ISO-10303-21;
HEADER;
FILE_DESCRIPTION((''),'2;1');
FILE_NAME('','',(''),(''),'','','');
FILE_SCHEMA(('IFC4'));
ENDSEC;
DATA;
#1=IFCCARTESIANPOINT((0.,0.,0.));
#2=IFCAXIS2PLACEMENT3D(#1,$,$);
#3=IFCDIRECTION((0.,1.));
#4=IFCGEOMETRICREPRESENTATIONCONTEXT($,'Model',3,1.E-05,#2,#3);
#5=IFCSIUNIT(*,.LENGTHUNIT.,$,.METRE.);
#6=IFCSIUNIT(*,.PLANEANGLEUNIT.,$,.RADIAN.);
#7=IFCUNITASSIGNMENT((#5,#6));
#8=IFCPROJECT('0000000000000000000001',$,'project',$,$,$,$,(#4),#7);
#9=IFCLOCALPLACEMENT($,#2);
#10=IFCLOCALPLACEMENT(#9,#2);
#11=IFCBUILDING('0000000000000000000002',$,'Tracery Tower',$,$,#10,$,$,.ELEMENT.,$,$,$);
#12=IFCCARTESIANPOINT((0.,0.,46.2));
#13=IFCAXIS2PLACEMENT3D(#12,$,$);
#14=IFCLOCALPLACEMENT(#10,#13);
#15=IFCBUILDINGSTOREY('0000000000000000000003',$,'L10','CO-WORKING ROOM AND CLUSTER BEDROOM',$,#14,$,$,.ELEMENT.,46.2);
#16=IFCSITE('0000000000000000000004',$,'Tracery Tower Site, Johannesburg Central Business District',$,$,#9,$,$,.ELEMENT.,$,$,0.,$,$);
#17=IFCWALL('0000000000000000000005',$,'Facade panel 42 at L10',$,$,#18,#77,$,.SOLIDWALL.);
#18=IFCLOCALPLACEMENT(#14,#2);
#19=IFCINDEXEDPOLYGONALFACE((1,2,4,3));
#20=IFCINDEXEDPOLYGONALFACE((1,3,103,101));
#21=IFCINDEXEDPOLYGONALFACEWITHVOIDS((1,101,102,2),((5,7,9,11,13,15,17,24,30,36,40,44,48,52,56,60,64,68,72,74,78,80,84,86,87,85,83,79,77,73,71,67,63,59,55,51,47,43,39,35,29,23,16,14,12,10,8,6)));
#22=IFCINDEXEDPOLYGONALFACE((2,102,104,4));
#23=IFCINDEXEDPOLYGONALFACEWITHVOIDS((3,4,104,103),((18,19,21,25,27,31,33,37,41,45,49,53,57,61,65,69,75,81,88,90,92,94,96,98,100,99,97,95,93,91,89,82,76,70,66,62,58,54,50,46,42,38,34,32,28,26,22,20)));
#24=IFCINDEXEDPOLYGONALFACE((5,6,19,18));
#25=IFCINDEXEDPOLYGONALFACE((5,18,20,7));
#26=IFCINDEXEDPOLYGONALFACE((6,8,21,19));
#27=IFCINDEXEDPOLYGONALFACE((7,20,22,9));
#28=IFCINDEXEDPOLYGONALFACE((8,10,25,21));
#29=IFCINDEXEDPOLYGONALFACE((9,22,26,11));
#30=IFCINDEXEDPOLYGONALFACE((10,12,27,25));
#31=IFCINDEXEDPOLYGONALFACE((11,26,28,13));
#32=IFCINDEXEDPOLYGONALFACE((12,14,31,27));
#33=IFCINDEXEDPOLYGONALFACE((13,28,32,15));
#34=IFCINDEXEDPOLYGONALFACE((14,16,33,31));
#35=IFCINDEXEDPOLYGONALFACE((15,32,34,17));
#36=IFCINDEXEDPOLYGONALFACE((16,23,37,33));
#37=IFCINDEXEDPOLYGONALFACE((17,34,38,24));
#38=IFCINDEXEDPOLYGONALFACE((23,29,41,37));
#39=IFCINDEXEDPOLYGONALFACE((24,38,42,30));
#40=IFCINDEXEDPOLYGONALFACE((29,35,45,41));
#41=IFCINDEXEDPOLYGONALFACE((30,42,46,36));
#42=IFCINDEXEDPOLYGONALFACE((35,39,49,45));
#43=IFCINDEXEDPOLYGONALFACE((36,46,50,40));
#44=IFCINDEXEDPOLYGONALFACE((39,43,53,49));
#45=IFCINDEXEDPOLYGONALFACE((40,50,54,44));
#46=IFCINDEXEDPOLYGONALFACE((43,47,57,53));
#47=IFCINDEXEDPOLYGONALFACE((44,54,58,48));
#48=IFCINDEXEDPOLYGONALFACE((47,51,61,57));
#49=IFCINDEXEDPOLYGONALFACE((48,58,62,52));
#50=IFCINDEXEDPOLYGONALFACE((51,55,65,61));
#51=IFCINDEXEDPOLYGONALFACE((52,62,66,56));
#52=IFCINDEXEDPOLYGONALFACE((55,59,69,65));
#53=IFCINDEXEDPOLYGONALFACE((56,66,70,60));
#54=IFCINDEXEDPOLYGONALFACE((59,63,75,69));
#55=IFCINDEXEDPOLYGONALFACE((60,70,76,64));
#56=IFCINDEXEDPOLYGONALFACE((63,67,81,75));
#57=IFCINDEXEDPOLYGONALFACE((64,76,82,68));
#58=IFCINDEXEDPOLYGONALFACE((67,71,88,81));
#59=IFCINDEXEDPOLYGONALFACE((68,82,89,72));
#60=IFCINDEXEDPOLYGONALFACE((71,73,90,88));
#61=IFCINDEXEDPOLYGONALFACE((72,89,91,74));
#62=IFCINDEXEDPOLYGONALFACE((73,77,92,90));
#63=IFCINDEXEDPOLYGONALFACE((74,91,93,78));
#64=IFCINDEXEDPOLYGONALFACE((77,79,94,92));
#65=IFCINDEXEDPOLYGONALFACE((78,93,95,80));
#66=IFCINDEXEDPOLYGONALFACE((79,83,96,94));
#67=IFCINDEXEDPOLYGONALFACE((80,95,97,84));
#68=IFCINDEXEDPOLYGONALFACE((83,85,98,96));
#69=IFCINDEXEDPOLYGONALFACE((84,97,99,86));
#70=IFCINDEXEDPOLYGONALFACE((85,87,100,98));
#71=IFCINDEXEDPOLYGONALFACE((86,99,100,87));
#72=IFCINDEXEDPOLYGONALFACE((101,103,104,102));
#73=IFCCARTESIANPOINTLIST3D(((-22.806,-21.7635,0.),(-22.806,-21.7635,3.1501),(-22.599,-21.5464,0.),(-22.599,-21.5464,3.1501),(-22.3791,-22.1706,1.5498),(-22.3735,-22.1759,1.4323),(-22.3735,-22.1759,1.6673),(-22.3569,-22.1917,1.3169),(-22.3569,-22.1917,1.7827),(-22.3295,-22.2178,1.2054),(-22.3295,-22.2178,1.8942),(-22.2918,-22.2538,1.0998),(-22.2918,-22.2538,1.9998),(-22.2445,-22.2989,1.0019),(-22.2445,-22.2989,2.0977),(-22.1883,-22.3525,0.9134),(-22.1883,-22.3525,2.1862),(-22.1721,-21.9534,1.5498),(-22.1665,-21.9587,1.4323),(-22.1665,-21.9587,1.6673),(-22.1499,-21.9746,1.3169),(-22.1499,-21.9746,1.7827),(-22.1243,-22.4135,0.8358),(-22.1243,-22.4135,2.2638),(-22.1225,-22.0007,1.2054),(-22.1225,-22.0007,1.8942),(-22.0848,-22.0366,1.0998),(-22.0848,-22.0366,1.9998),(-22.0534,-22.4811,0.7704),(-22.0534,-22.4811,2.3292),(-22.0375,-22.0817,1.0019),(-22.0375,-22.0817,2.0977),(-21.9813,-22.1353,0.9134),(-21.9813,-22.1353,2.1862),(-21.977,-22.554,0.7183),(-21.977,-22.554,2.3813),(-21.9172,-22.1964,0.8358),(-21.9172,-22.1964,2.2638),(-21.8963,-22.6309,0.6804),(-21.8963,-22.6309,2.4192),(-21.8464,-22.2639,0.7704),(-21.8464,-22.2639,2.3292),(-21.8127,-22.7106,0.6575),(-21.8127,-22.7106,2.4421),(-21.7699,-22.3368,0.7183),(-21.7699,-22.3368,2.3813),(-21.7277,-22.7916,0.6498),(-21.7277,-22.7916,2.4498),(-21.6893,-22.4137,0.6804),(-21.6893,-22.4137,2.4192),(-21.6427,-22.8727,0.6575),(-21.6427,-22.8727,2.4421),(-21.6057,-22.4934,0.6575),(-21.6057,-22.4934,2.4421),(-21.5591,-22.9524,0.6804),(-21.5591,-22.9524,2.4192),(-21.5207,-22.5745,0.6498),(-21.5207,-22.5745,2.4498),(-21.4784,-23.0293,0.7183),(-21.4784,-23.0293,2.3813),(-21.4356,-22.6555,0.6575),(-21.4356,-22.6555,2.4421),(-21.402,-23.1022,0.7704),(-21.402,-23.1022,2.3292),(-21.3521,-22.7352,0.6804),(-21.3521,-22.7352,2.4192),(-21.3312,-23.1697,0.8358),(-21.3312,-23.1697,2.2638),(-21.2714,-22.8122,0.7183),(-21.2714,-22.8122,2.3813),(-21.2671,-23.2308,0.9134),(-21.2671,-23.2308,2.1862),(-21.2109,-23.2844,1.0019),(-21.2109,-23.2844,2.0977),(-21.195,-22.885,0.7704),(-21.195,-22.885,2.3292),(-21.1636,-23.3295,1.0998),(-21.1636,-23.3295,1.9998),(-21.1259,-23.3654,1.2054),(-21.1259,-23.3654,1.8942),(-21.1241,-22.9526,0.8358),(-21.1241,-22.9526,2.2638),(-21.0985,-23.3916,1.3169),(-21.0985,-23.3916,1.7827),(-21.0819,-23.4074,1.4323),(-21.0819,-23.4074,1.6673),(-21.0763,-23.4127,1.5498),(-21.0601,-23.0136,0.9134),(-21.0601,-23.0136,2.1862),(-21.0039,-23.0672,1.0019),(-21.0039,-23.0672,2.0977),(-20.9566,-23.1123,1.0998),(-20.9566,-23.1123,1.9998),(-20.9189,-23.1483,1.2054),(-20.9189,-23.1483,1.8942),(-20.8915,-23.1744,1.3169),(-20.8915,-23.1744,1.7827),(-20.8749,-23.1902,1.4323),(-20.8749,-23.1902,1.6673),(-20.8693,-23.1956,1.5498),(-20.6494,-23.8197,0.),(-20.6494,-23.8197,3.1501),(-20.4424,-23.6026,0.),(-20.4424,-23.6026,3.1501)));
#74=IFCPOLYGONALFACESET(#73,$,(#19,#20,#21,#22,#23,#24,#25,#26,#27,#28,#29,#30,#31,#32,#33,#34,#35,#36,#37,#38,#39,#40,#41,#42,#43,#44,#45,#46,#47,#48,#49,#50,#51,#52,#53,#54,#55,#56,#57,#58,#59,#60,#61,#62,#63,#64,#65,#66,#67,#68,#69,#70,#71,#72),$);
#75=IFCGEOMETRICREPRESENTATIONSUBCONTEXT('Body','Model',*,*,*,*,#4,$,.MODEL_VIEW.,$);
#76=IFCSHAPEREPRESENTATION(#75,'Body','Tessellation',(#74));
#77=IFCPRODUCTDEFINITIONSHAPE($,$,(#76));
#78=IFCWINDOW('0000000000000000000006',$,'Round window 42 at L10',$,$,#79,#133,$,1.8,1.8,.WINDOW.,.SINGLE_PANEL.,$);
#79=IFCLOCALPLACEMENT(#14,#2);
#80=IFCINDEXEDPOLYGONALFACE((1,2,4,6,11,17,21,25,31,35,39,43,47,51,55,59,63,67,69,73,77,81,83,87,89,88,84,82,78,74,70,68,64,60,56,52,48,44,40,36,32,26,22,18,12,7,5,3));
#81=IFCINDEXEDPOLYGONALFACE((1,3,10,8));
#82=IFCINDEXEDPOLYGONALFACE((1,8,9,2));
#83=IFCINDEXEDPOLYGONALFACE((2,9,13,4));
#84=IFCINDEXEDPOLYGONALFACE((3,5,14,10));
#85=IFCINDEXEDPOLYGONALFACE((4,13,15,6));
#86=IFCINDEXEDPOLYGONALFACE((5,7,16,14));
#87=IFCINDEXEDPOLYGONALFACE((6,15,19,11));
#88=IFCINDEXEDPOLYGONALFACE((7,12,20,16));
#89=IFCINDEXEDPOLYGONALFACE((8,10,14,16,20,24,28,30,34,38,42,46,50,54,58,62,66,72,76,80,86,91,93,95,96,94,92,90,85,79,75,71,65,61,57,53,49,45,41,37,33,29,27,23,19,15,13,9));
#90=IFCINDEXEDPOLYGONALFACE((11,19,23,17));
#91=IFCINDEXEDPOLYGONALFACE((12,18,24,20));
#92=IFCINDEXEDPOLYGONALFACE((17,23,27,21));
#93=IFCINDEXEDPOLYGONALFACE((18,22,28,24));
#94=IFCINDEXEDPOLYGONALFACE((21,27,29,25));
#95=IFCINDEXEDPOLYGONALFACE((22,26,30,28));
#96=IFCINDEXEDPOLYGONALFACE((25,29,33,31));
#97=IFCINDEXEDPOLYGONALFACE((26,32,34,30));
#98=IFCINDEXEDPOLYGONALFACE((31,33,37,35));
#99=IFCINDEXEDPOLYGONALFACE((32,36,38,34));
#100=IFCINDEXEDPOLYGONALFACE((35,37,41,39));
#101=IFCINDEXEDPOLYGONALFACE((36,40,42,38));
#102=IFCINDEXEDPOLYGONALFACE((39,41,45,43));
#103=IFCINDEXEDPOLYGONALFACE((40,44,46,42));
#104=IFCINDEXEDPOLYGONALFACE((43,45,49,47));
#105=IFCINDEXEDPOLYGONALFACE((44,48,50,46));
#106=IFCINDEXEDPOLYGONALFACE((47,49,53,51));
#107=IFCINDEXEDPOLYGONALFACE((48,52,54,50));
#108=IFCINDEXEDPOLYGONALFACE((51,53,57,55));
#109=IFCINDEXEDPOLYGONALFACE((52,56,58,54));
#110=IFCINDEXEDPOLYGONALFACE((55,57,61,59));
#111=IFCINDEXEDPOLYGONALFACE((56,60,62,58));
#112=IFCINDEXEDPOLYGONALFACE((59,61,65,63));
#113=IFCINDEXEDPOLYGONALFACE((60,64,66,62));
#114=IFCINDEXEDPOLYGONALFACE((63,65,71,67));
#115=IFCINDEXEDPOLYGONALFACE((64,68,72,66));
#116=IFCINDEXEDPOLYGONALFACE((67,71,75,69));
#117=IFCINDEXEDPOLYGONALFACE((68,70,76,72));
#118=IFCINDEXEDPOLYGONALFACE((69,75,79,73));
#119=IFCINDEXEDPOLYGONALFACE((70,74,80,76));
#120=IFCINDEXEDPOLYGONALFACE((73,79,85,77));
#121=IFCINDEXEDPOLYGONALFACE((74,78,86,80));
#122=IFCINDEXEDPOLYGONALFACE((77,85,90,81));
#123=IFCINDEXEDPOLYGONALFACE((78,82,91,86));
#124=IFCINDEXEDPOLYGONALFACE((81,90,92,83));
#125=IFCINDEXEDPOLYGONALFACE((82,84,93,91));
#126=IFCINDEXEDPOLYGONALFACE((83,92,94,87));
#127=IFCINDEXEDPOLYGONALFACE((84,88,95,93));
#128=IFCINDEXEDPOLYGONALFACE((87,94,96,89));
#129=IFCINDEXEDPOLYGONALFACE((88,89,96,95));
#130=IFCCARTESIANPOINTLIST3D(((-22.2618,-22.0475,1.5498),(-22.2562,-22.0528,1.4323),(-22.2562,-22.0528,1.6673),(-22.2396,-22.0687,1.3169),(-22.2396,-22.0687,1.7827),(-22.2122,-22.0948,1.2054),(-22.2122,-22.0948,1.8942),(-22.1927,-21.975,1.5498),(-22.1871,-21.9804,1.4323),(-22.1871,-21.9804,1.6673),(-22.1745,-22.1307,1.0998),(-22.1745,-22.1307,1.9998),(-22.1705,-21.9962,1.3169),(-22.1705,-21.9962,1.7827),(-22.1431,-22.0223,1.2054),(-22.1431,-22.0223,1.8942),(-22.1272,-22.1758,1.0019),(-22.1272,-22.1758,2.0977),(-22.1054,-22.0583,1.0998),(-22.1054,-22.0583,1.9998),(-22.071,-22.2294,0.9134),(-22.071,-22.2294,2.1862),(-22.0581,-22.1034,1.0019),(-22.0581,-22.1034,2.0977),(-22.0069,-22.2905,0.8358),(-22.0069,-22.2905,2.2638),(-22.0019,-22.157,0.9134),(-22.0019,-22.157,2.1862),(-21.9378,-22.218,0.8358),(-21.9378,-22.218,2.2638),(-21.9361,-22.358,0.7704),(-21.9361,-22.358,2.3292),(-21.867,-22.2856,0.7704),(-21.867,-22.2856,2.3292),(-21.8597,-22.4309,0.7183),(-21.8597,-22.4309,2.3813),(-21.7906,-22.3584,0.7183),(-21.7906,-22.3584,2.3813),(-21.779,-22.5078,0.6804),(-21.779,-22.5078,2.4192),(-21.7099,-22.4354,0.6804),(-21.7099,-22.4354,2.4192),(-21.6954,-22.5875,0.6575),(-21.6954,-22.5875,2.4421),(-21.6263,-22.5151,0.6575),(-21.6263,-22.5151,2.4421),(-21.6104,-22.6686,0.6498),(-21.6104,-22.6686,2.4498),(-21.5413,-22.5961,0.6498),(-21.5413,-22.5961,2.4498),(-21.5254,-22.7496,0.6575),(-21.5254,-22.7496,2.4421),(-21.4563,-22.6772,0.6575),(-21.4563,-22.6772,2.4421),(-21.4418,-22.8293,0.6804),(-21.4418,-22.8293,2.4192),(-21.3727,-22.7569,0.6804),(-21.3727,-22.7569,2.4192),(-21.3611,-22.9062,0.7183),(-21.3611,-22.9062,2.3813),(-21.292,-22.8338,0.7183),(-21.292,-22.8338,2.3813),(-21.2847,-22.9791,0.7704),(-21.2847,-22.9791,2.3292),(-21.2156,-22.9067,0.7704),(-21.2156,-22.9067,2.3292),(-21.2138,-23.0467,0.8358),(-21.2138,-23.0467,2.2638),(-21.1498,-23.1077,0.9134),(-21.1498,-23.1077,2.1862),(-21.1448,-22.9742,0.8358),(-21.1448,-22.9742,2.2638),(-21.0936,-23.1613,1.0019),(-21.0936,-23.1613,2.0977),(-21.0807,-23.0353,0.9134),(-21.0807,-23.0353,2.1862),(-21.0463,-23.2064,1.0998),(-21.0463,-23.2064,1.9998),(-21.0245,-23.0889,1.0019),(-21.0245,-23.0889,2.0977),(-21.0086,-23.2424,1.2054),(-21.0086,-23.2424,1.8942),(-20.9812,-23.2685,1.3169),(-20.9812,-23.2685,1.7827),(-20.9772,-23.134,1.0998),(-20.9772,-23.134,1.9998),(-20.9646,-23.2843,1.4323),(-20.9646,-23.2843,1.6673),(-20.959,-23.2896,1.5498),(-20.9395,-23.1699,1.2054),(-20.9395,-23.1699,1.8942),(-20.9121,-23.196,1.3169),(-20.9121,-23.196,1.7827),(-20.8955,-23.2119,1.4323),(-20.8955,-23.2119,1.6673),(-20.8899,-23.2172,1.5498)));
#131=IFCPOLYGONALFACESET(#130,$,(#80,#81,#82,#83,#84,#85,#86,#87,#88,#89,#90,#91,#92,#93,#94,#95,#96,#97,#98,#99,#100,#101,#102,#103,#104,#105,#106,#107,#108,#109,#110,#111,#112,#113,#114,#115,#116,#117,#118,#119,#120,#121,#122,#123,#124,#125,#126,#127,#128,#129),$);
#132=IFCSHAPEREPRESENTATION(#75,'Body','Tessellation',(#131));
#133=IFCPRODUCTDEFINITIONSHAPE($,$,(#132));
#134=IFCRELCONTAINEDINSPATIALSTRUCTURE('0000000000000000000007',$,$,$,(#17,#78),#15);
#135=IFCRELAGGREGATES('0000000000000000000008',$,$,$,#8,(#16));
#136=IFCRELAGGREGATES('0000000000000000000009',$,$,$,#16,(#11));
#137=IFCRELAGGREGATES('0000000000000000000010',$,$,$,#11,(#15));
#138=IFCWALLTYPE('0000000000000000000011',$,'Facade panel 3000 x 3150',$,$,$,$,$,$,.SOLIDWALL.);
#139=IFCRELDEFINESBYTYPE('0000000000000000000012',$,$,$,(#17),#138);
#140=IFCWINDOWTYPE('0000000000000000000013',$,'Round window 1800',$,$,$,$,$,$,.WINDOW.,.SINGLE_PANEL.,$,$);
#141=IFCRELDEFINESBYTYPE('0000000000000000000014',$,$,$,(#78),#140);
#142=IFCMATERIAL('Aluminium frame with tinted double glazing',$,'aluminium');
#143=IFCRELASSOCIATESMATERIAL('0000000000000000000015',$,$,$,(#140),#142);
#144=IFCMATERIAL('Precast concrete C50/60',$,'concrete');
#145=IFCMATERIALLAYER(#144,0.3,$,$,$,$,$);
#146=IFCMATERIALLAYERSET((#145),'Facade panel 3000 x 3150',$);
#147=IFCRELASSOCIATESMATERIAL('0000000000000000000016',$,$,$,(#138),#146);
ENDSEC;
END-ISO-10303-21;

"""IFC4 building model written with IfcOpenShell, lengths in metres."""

from ifc_helpers import new_model, si_unit, direction, frame, frame_2d, origin, origin_2d, place, context, subcontext, project, spatial, rectangle, circle, extrude, material, layer, layer_set, type_object, element, fill, save


model = new_model("IFC4")

# Units and contexts
model_context = context("Model", 3, precision=1e-05, world=origin(), true_north=direction((0.0, 1.0)))
body_context = subcontext(model_context, "Body", "Model", "MODEL_VIEW")
ifc_project = project(units=[si_unit("LENGTHUNIT", "METRE"), si_unit("PLANEANGLEUNIT", "RADIAN")], contexts=[model_context])

# Site, building, storey
site_placement = place(None, origin())
site = spatial("IfcSite", under=ifc_project, at=site_placement, Name="Tracery Tower Site, Johannesburg Central Business District", CompositionType="ELEMENT", RefElevation=0.0)
building_placement = place(site_placement, origin())
building = spatial("IfcBuilding", under=site, at=building_placement, Name="Tracery Tower", CompositionType="ELEMENT")
storey_placement = place(building_placement, frame((0.0, 0.0, 46.2)))
storey = spatial("IfcBuildingStorey", under=building, at=storey_placement, Name="L10", Description="CO-WORKING ROOM AND CLUSTER BEDROOM", CompositionType="ELEMENT", Elevation=46.2)

# Wall, opening, window
ifc_material_1 = material(Name="Aluminium frame with tinted double glazing", Category="aluminium")
window_type = type_object("IfcWindowType", Name="Round window 1800", PartitioningType="SINGLE_PANEL", PredefinedType="WINDOW", material=ifc_material_1)
ifc_material_2 = material(Name="Precast concrete C50/60", Category="concrete")
ifc_layer_1 = layer(ifc_material_2, 0.3)
ifc_layer_set_1 = layer_set([ifc_layer_1], Name="Facade panel 3000 x 3150")
wall_type_1 = type_object("IfcWallType", Name="Facade panel 3000 x 3150", PredefinedType="SOLIDWALL", material=ifc_layer_set_1)
wall_1_placement = place(storey_placement, frame((-22.7024, -21.655, 0.0), z_axis=(0.0, 0.0, 1.0), x_axis=(0.723744, -0.690068, 0.0)))
wall_1 = element("IfcWall", 1, at=wall_1_placement, inside=storey, type_object=wall_type_1, Name="Facade panel 42 at L10", PredefinedType="SOLIDWALL", context=body_context, shape_type="SweptSolid", body=[
    extrude(rectangle(XDim=2.9797, YDim=0.3, at=frame_2d((1.4897, 0.0))), origin(), (0.0, 0.0, 1.0), 3.1501),
])
opening_1_placement = place(wall_1_placement, frame((1.4897, 0.0, 1.5498)))
opening_1 = element("IfcOpeningElement", 2, at=opening_1_placement, cuts=wall_1, PredefinedType="OPENING", context=body_context, shape_type="SweptSolid", body=[
    extrude(circle(Radius=0.9, at=origin_2d()), frame((0.0, 0.1599, 0.0), z_axis=(0.0, -1.0, 0.0), x_axis=(1.0, 0.0, 0.0)), (0.0, 0.0, 1.0), 0.3201),
])
window_1_placement = place(opening_1_placement, origin())
window_1 = element("IfcWindow", 3, at=window_1_placement, inside=storey, type_object=window_type, Name="Round window 42 at L10", OverallHeight=1.8, OverallWidth=1.8, PartitioningType="SINGLE_PANEL", PredefinedType="WINDOW", context=body_context, shape_type="SweptSolid", body=[
    extrude(circle(Radius=0.9, at=origin_2d()), frame((0.0, 0.1201, 0.0), z_axis=(0.0, -1.0, 0.0), x_axis=(1.0, 0.0, 0.0)), (0.0, 0.0, 1.0), 0.1001),
])
fill(opening_1, window_1)

save(model, "model.ifc")
